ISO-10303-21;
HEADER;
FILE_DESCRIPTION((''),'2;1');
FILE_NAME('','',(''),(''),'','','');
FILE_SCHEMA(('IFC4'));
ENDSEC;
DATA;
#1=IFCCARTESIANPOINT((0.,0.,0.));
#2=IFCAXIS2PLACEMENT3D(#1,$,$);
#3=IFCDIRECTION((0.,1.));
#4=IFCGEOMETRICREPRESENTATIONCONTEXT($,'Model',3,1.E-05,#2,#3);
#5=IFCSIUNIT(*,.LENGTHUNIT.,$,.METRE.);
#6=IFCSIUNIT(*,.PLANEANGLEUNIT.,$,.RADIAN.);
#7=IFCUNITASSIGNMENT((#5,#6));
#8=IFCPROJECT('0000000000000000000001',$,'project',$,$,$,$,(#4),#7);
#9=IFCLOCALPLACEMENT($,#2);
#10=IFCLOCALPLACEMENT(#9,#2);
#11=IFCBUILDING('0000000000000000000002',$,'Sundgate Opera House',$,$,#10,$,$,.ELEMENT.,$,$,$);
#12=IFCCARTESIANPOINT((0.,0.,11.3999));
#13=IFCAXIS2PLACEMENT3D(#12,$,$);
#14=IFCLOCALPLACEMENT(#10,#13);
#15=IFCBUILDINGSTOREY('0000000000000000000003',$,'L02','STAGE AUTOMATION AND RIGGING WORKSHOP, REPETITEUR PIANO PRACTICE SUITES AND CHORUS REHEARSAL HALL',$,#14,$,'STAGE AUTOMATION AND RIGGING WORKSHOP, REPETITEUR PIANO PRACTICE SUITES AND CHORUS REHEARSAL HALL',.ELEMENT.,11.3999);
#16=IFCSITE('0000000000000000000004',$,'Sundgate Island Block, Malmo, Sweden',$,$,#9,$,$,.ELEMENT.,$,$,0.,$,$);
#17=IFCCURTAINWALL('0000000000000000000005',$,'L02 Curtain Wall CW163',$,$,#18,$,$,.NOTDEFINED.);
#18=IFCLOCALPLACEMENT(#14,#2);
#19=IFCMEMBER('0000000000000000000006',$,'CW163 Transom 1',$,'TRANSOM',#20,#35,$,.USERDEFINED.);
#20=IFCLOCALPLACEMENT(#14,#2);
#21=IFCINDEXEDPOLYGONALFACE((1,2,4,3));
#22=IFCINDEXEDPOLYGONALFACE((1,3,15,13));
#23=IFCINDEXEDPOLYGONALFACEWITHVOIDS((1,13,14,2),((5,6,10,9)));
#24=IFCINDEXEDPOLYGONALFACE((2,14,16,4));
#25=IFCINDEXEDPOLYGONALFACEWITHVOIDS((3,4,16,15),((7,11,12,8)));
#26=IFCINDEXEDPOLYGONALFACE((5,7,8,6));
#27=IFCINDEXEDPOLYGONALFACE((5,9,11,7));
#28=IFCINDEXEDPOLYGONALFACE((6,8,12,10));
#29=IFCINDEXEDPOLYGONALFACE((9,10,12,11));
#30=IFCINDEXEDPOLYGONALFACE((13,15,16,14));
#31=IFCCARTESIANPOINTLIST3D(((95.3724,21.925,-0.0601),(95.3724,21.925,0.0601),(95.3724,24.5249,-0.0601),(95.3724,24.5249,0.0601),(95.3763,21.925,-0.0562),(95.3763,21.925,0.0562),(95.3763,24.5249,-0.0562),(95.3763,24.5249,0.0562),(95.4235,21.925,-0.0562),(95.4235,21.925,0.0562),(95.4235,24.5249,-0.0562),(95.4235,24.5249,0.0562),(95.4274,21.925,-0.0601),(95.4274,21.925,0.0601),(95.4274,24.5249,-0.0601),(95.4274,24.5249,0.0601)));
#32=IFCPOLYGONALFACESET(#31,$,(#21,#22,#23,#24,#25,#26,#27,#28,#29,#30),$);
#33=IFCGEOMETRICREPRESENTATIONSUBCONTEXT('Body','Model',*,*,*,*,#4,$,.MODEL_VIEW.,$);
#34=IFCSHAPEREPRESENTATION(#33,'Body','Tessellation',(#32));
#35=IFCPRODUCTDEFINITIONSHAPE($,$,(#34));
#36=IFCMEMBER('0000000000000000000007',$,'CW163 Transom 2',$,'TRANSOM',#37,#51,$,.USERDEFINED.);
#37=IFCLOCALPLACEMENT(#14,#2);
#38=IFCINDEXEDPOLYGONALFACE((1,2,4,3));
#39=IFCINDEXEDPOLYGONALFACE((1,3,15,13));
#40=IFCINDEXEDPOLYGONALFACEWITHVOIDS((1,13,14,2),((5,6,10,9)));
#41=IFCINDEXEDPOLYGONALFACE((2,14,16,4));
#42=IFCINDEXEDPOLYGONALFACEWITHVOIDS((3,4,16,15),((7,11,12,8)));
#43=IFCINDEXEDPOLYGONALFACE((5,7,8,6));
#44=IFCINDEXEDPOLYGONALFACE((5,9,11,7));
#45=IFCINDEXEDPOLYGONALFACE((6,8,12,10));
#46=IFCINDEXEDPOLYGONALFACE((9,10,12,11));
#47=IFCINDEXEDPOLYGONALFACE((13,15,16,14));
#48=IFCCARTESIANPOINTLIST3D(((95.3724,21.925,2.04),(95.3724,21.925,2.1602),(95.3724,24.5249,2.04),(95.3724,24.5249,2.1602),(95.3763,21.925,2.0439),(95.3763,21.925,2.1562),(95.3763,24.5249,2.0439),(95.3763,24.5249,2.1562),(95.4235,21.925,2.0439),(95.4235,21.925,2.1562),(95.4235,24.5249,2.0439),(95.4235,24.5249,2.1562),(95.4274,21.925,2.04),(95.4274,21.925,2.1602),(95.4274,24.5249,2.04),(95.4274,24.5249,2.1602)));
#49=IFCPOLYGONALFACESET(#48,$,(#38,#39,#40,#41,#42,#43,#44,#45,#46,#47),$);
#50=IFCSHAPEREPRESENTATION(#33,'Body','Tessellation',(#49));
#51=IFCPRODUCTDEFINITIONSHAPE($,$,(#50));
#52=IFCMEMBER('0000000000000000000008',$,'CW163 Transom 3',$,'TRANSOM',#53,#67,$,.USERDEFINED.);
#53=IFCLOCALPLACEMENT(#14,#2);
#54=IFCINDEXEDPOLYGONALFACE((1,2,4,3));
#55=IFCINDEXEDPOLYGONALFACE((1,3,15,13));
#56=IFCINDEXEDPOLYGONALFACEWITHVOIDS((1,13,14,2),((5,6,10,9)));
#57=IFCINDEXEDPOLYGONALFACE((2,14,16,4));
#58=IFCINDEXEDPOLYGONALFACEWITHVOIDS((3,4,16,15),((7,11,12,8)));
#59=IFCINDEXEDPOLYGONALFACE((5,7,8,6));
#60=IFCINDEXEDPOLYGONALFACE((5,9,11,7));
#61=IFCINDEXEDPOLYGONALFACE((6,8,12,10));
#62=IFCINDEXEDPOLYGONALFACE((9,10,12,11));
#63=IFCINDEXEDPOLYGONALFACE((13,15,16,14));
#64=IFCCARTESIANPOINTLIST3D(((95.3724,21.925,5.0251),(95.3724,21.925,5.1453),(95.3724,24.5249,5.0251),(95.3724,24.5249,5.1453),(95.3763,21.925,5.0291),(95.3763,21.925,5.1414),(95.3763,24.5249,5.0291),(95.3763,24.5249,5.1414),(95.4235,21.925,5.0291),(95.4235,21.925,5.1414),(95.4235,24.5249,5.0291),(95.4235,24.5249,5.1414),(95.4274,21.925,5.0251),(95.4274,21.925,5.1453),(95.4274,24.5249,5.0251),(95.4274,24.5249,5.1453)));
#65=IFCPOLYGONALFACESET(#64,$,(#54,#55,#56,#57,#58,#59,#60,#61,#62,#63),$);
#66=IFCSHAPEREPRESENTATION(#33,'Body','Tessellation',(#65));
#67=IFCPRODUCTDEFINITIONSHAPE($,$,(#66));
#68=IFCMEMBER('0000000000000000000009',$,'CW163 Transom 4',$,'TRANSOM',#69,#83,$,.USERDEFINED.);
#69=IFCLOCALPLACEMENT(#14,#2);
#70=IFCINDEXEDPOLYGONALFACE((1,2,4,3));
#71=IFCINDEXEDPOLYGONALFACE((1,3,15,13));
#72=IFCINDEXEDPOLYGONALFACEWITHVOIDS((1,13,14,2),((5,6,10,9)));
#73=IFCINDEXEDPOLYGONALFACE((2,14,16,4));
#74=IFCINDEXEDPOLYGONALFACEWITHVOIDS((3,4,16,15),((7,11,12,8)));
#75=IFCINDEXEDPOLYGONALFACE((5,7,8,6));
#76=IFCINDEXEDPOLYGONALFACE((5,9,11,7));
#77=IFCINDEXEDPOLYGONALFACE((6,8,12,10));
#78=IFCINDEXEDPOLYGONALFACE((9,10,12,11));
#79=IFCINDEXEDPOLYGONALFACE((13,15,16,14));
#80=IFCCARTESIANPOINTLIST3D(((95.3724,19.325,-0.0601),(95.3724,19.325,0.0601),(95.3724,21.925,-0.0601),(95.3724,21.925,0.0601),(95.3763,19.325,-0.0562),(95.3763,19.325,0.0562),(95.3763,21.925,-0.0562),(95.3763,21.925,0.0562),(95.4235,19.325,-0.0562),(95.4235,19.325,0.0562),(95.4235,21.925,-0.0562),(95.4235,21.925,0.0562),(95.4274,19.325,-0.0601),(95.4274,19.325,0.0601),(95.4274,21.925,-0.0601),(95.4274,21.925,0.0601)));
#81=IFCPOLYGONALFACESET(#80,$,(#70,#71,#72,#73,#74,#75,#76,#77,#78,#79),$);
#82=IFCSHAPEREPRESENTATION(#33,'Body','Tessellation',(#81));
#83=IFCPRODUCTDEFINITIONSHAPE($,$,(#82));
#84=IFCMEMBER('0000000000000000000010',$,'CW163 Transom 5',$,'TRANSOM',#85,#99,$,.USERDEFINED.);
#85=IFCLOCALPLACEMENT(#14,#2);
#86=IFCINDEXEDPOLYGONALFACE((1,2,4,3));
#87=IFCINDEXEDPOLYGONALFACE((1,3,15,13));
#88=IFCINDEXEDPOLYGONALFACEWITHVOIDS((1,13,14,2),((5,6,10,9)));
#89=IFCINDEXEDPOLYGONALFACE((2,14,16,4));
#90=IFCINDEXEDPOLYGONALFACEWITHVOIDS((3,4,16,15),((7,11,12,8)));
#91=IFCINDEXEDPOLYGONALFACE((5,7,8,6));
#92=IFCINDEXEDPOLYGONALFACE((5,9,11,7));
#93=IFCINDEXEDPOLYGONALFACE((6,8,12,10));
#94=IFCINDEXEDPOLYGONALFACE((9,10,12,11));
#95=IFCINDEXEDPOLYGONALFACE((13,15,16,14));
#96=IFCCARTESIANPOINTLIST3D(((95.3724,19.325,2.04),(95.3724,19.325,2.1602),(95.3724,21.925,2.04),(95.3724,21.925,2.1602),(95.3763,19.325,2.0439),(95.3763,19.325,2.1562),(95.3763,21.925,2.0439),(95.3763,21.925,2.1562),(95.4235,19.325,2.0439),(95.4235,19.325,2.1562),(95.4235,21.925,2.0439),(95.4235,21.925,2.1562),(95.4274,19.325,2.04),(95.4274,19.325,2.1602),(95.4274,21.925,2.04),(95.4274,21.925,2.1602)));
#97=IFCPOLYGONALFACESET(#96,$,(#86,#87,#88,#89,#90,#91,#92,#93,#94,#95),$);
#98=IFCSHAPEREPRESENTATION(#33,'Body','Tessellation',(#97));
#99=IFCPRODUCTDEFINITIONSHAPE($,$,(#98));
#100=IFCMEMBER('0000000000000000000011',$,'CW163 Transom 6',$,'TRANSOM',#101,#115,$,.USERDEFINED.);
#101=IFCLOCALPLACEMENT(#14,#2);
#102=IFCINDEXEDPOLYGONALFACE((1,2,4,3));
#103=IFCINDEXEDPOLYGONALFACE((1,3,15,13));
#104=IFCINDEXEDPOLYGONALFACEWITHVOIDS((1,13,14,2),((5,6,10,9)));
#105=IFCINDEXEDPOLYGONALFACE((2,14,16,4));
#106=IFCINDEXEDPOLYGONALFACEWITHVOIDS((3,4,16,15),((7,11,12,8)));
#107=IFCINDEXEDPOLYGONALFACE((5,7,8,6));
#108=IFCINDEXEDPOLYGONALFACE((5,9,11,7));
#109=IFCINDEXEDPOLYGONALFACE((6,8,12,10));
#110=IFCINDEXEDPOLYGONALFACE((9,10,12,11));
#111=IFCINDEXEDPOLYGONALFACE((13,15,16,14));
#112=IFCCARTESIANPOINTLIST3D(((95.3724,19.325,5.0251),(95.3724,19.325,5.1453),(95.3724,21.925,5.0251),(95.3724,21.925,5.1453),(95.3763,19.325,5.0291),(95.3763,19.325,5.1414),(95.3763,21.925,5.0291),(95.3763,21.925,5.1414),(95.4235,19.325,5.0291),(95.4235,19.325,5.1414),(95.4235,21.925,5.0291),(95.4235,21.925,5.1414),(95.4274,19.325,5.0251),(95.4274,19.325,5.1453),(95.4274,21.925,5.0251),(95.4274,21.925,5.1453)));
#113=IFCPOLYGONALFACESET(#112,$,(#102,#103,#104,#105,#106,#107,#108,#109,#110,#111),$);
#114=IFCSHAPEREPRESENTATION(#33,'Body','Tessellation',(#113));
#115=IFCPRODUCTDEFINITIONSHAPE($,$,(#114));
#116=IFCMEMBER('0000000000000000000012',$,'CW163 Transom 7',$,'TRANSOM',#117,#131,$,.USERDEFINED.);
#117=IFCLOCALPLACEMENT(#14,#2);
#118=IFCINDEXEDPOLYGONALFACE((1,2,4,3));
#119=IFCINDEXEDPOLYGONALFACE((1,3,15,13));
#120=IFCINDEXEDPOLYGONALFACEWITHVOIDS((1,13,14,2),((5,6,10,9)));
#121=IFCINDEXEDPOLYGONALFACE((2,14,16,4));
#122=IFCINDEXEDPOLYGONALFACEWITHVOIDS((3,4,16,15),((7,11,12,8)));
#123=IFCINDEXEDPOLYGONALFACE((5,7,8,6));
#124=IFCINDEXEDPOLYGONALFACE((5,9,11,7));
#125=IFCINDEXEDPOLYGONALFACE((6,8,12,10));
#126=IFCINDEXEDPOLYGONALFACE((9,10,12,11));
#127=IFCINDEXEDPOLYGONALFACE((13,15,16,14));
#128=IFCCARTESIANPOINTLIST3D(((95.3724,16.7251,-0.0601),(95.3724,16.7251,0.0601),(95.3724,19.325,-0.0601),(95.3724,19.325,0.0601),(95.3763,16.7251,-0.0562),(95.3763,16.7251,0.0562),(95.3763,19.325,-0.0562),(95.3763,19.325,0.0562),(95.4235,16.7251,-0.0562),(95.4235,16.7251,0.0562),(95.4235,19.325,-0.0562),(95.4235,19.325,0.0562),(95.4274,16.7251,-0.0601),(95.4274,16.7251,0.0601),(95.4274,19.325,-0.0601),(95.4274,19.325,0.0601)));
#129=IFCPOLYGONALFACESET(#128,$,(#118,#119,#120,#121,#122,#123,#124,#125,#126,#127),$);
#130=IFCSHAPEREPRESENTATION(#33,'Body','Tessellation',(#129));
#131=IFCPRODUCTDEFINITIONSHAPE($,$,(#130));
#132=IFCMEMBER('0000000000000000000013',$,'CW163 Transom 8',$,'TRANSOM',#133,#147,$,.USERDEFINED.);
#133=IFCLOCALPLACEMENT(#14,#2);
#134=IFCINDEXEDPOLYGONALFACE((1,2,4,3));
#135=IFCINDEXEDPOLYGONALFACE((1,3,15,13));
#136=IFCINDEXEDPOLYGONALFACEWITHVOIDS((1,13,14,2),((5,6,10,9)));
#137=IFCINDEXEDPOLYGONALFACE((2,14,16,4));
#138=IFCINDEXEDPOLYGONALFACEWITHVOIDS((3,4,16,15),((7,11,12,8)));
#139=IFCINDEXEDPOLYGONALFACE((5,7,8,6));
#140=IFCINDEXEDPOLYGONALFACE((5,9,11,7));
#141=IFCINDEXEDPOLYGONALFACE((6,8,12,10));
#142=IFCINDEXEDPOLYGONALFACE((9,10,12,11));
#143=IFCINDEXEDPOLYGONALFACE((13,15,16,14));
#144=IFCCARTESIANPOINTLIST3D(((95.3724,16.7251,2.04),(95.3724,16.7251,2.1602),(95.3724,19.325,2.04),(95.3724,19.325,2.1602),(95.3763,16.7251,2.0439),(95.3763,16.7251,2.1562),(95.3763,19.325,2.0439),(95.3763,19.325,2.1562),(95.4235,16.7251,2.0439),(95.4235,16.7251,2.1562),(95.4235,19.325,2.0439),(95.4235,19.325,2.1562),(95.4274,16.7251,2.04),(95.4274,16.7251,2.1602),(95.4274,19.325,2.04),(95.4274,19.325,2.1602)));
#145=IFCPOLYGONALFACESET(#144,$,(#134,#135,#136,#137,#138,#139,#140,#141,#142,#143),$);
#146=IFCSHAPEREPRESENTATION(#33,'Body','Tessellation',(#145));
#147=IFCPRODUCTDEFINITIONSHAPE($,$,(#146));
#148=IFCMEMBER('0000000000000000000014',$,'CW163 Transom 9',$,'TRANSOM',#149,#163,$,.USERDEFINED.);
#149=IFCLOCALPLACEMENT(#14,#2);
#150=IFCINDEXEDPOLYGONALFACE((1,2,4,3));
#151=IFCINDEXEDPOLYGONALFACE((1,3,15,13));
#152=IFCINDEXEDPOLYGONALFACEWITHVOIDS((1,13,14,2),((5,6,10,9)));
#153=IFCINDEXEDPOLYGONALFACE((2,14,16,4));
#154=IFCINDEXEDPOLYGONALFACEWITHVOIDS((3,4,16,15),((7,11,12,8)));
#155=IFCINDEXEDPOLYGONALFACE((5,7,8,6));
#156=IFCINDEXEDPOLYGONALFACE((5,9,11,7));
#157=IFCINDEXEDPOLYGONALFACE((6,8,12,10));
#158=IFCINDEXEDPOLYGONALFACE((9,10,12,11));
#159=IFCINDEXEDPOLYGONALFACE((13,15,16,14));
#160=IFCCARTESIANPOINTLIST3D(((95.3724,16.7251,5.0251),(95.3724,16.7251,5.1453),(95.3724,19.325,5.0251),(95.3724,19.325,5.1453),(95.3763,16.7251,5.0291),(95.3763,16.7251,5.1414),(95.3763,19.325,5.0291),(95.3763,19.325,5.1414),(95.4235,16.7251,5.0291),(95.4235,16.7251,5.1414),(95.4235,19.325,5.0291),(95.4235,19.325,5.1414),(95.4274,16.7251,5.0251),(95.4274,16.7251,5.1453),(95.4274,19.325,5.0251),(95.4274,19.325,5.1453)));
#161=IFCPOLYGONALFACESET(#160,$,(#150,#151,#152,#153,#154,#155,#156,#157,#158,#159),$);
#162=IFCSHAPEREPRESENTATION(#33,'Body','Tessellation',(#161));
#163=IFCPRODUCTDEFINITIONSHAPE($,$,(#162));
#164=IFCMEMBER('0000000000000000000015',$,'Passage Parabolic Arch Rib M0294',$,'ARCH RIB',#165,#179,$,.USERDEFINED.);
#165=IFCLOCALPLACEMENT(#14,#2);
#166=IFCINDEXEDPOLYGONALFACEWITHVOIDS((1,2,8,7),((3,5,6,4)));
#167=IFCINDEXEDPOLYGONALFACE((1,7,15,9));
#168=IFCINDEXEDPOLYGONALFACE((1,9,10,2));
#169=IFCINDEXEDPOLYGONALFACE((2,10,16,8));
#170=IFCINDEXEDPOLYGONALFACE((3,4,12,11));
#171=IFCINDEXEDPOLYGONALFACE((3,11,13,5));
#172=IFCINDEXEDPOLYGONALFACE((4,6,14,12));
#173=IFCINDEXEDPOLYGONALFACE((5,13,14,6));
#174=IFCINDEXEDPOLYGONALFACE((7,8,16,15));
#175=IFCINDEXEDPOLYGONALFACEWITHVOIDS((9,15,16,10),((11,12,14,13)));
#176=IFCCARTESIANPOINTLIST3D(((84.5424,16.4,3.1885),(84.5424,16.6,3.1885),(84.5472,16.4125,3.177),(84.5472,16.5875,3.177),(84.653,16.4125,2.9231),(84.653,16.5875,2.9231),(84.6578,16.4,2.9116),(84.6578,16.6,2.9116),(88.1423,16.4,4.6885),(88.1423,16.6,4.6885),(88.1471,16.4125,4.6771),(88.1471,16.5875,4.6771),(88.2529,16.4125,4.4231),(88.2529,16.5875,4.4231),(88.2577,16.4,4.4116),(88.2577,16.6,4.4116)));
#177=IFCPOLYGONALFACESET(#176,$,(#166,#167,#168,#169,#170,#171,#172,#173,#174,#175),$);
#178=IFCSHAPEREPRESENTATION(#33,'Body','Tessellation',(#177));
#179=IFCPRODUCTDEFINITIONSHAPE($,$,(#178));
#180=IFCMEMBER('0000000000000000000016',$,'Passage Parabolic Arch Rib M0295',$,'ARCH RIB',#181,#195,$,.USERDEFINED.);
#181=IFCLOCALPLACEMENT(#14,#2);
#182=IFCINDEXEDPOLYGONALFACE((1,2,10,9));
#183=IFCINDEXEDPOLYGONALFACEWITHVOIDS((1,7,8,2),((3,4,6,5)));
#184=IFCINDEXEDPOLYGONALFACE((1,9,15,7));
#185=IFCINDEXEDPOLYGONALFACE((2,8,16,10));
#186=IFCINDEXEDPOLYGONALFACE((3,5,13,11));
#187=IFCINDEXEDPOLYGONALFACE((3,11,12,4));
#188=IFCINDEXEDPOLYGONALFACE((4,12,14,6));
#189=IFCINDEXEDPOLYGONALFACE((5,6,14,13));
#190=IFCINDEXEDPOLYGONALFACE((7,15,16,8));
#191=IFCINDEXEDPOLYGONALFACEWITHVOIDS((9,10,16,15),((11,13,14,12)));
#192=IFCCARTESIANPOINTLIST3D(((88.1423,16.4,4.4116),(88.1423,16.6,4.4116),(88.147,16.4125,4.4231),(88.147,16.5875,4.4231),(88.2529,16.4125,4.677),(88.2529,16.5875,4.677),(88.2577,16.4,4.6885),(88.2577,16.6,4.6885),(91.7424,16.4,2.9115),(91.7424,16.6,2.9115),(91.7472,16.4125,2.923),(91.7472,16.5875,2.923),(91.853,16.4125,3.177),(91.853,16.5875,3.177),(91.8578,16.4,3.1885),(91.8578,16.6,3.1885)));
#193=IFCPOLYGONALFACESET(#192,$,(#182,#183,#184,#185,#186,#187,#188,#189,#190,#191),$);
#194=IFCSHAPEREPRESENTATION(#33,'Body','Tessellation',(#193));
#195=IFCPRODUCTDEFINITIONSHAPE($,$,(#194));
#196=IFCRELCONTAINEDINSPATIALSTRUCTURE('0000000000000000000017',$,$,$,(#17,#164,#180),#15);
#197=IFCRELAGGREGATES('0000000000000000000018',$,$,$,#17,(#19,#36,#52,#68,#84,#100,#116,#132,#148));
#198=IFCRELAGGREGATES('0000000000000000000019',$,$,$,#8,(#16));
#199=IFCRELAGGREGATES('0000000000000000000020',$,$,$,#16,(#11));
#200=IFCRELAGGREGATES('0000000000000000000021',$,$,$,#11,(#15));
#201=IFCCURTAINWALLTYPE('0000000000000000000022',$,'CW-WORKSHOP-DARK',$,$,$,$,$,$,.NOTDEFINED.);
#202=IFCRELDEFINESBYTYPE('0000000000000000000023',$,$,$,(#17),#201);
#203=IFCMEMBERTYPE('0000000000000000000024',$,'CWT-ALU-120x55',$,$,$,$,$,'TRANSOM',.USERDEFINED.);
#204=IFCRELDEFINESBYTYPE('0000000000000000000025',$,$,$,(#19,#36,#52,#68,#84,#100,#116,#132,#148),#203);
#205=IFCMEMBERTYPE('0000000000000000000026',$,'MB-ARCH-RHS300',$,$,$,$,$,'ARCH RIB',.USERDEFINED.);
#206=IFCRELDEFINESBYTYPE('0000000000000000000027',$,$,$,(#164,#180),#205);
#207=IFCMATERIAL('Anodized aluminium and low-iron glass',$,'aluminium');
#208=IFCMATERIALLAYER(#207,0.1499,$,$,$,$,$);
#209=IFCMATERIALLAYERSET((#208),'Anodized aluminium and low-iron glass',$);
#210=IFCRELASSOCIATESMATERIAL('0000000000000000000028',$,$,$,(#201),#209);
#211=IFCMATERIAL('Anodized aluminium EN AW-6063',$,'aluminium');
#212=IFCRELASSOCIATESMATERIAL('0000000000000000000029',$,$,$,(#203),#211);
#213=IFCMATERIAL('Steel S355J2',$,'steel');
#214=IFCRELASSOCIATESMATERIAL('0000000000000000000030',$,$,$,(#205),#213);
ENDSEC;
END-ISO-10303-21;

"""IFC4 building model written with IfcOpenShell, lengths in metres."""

from ifc_helpers import new_model, si_unit, direction, frame, origin, origin_2d, place, context, subcontext, project, spatial, hollow_rectangle, extrude, material, layer, layer_set, material_profile, profile_set, type_object, element, aggregate, save


model = new_model("IFC4")

# Units and contexts
model_context = context("Model", 3, precision=1e-05, world=origin(), true_north=direction((0.0, 1.0)))
body_context = subcontext(model_context, "Body", "Model", "MODEL_VIEW")
ifc_project = project(units=[si_unit("LENGTHUNIT", "METRE"), si_unit("PLANEANGLEUNIT", "RADIAN")], contexts=[model_context])

# Site, building, storey
site_placement = place(None, origin())
site = spatial("IfcSite", under=ifc_project, at=site_placement, Name="Sundgate Island Block, Malmo, Sweden", CompositionType="ELEMENT", RefElevation=0.0)
building_placement = place(site_placement, origin())
building = spatial("IfcBuilding", under=site, at=building_placement, Name="Sundgate Opera House", CompositionType="ELEMENT")
storey_placement = place(building_placement, frame((0.0, 0.0, 11.3999)))
storey = spatial("IfcBuildingStorey", under=building, at=storey_placement, Name="L02", Description="STAGE AUTOMATION AND RIGGING WORKSHOP, REPETITEUR PIANO PRACTICE SUITES AND CHORUS REHEARSAL HALL", LongName="STAGE AUTOMATION AND RIGGING WORKSHOP, REPETITEUR PIANO PRACTICE SUITES AND CHORUS REHEARSAL HALL", CompositionType="ELEMENT", Elevation=11.3999)

# Curtain wall
ifc_material_1 = material(Name="Anodized aluminium and low-iron glass", Category="aluminium")
ifc_layer_1 = layer(ifc_material_1, 0.1499)
ifc_layer_set_1 = layer_set([ifc_layer_1], Name="Anodized aluminium and low-iron glass")
curtain_wall_type = type_object("IfcCurtainWallType", Name="CW-WORKSHOP-DARK", PredefinedType="NOTDEFINED", material=ifc_layer_set_1)
curtain_wall_1_placement = place(storey_placement, origin())
curtain_wall_1 = element("IfcCurtainWall", 1, at=curtain_wall_1_placement, inside=storey, type_object=curtain_wall_type, Name="L02 Curtain Wall CW163", PredefinedType="NOTDEFINED")
ifc_material_2 = material(Name="Anodized aluminium EN AW-6063", Category="aluminium")
ifc_material_profile_1 = material_profile(ifc_material_2, hollow_rectangle(XDim=0.0549, YDim=0.1201, WallThickness=0.0039, at=origin_2d()), Name="CWT 120x55x4")
ifc_profile_set_1 = profile_set([ifc_material_profile_1], Name="Anodized aluminium EN AW-6063")
member_type_1 = type_object("IfcMemberType", Name="CWT-ALU-120x55", ElementType="TRANSOM", PredefinedType="USERDEFINED", material=ifc_profile_set_1)

# Members
member_1_placement = place(storey_placement, frame((95.3999, 24.5249, 0.0), z_axis=(0.0, -1.0, 0.0), x_axis=(1.0, 0.0, 0.0)))
member_1 = element("IfcMember", 2, at=member_1_placement, type_object=member_type_1, Name="CW163 Transom 1", ObjectType="TRANSOM", PredefinedType="USERDEFINED", context=body_context, shape_type="SweptSolid", body=[
    extrude(hollow_rectangle(XDim=0.0549, YDim=0.1201, WallThickness=0.0039, at=origin_2d()), origin(), (0.0, 0.0, 1.0), 2.5999),
])
member_2_placement = place(storey_placement, frame((95.3999, 24.5249, 2.1001), z_axis=(0.0, -1.0, 0.0), x_axis=(1.0, 0.0, 0.0)))
member_2 = element("IfcMember", 3, at=member_2_placement, type_object=member_type_1, Name="CW163 Transom 2", ObjectType="TRANSOM", PredefinedType="USERDEFINED", context=body_context, shape_type="SweptSolid", body=[
    extrude(hollow_rectangle(XDim=0.0549, YDim=0.1201, WallThickness=0.0039, at=origin_2d()), origin(), (0.0, 0.0, 1.0), 2.5999),
])
member_3_placement = place(storey_placement, frame((95.3999, 24.5249, 5.0852), z_axis=(0.0, -1.0, 0.0), x_axis=(1.0, 0.0, 0.0)))
member_3 = element("IfcMember", 4, at=member_3_placement, type_object=member_type_1, Name="CW163 Transom 3", ObjectType="TRANSOM", PredefinedType="USERDEFINED", context=body_context, shape_type="SweptSolid", body=[
    extrude(hollow_rectangle(XDim=0.0549, YDim=0.1201, WallThickness=0.0039, at=origin_2d()), origin(), (0.0, 0.0, 1.0), 2.5999),
])
member_4_placement = place(storey_placement, frame((95.3999, 21.925, 0.0), z_axis=(0.0, -1.0, 0.0), x_axis=(1.0, 0.0, 0.0)))
member_4 = element("IfcMember", 5, at=member_4_placement, type_object=member_type_1, Name="CW163 Transom 4", ObjectType="TRANSOM", PredefinedType="USERDEFINED", context=body_context, shape_type="SweptSolid", body=[
    extrude(hollow_rectangle(XDim=0.0549, YDim=0.1201, WallThickness=0.0039, at=origin_2d()), origin(), (0.0, 0.0, 1.0), 2.6001),
])
member_5_placement = place(storey_placement, frame((95.3999, 21.925, 2.1001), z_axis=(0.0, -1.0, 0.0), x_axis=(1.0, 0.0, 0.0)))
member_5 = element("IfcMember", 6, at=member_5_placement, type_object=member_type_1, Name="CW163 Transom 5", ObjectType="TRANSOM", PredefinedType="USERDEFINED", context=body_context, shape_type="SweptSolid", body=[
    extrude(hollow_rectangle(XDim=0.0549, YDim=0.1201, WallThickness=0.0039, at=origin_2d()), origin(), (0.0, 0.0, 1.0), 2.6001),
])
member_6_placement = place(storey_placement, frame((95.3999, 21.925, 5.0852), z_axis=(0.0, -1.0, 0.0), x_axis=(1.0, 0.0, 0.0)))
member_6 = element("IfcMember", 7, at=member_6_placement, type_object=member_type_1, Name="CW163 Transom 6", ObjectType="TRANSOM", PredefinedType="USERDEFINED", context=body_context, shape_type="SweptSolid", body=[
    extrude(hollow_rectangle(XDim=0.0549, YDim=0.1201, WallThickness=0.0039, at=origin_2d()), origin(), (0.0, 0.0, 1.0), 2.6001),
])
member_7_placement = place(storey_placement, frame((95.3999, 19.325, 0.0), z_axis=(0.0, -1.0, 0.0), x_axis=(1.0, 0.0, 0.0)))
member_7 = element("IfcMember", 8, at=member_7_placement, type_object=member_type_1, Name="CW163 Transom 7", ObjectType="TRANSOM", PredefinedType="USERDEFINED", context=body_context, shape_type="SweptSolid", body=[
    extrude(hollow_rectangle(XDim=0.0549, YDim=0.1201, WallThickness=0.0039, at=origin_2d()), origin(), (0.0, 0.0, 1.0), 2.5999),
])
member_8_placement = place(storey_placement, frame((95.3999, 19.325, 2.1001), z_axis=(0.0, -1.0, 0.0), x_axis=(1.0, 0.0, 0.0)))
member_8 = element("IfcMember", 9, at=member_8_placement, type_object=member_type_1, Name="CW163 Transom 8", ObjectType="TRANSOM", PredefinedType="USERDEFINED", context=body_context, shape_type="SweptSolid", body=[
    extrude(hollow_rectangle(XDim=0.0549, YDim=0.1201, WallThickness=0.0039, at=origin_2d()), origin(), (0.0, 0.0, 1.0), 2.5999),
])
member_9_placement = place(storey_placement, frame((95.3999, 19.325, 5.0852), z_axis=(0.0, -1.0, 0.0), x_axis=(1.0, 0.0, 0.0)))
member_9 = element("IfcMember", 10, at=member_9_placement, type_object=member_type_1, Name="CW163 Transom 9", ObjectType="TRANSOM", PredefinedType="USERDEFINED", context=body_context, shape_type="SweptSolid", body=[
    extrude(hollow_rectangle(XDim=0.0549, YDim=0.1201, WallThickness=0.0039, at=origin_2d()), origin(), (0.0, 0.0, 1.0), 2.5999),
])

# Members
ifc_material_3 = material(Name="Steel S355J2", Category="steel")
ifc_material_profile_2 = material_profile(ifc_material_3, hollow_rectangle(XDim=0.2, YDim=0.3, WallThickness=0.0125, at=origin_2d()), Name="RHS 300x200x12.5")
ifc_profile_set_2 = profile_set([ifc_material_profile_2], Name="Steel S355J2")
member_type_2 = type_object("IfcMemberType", Name="MB-ARCH-RHS300", ElementType="ARCH RIB", PredefinedType="USERDEFINED", material=ifc_profile_set_2)
member_10_placement = place(storey_placement, frame((84.6001, 16.5, 3.05), z_axis=(0.923071, 0.0, 0.384629), x_axis=(0.0, 1.0, 0.0)))
element("IfcMember", 11, at=member_10_placement, inside=storey, type_object=member_type_2, Name="Passage Parabolic Arch Rib M0294", ObjectType="ARCH RIB", PredefinedType="USERDEFINED", context=body_context, shape_type="SweptSolid", body=[
    extrude(hollow_rectangle(XDim=0.2, YDim=0.3, WallThickness=0.0125, at=origin_2d()), origin(), (0.0, 0.0, 1.0), 3.8999),
])
member_11_placement = place(storey_placement, frame((88.2, 16.5, 4.55), z_axis=(0.923081, 0.0, -0.384606), x_axis=(0.0, 1.0, 0.0)))
element("IfcMember", 12, at=member_11_placement, inside=storey, type_object=member_type_2, Name="Passage Parabolic Arch Rib M0295", ObjectType="ARCH RIB", PredefinedType="USERDEFINED", context=body_context, shape_type="SweptSolid", body=[
    extrude(hollow_rectangle(XDim=0.2, YDim=0.3, WallThickness=0.0125, at=origin_2d()), origin(), (0.0, 0.0, 1.0), 3.9001),
])

aggregate(curtain_wall_1, [member_1, member_2, member_3, member_4, member_5, member_6, member_7, member_8, member_9])

save(model, "model.ifc")
